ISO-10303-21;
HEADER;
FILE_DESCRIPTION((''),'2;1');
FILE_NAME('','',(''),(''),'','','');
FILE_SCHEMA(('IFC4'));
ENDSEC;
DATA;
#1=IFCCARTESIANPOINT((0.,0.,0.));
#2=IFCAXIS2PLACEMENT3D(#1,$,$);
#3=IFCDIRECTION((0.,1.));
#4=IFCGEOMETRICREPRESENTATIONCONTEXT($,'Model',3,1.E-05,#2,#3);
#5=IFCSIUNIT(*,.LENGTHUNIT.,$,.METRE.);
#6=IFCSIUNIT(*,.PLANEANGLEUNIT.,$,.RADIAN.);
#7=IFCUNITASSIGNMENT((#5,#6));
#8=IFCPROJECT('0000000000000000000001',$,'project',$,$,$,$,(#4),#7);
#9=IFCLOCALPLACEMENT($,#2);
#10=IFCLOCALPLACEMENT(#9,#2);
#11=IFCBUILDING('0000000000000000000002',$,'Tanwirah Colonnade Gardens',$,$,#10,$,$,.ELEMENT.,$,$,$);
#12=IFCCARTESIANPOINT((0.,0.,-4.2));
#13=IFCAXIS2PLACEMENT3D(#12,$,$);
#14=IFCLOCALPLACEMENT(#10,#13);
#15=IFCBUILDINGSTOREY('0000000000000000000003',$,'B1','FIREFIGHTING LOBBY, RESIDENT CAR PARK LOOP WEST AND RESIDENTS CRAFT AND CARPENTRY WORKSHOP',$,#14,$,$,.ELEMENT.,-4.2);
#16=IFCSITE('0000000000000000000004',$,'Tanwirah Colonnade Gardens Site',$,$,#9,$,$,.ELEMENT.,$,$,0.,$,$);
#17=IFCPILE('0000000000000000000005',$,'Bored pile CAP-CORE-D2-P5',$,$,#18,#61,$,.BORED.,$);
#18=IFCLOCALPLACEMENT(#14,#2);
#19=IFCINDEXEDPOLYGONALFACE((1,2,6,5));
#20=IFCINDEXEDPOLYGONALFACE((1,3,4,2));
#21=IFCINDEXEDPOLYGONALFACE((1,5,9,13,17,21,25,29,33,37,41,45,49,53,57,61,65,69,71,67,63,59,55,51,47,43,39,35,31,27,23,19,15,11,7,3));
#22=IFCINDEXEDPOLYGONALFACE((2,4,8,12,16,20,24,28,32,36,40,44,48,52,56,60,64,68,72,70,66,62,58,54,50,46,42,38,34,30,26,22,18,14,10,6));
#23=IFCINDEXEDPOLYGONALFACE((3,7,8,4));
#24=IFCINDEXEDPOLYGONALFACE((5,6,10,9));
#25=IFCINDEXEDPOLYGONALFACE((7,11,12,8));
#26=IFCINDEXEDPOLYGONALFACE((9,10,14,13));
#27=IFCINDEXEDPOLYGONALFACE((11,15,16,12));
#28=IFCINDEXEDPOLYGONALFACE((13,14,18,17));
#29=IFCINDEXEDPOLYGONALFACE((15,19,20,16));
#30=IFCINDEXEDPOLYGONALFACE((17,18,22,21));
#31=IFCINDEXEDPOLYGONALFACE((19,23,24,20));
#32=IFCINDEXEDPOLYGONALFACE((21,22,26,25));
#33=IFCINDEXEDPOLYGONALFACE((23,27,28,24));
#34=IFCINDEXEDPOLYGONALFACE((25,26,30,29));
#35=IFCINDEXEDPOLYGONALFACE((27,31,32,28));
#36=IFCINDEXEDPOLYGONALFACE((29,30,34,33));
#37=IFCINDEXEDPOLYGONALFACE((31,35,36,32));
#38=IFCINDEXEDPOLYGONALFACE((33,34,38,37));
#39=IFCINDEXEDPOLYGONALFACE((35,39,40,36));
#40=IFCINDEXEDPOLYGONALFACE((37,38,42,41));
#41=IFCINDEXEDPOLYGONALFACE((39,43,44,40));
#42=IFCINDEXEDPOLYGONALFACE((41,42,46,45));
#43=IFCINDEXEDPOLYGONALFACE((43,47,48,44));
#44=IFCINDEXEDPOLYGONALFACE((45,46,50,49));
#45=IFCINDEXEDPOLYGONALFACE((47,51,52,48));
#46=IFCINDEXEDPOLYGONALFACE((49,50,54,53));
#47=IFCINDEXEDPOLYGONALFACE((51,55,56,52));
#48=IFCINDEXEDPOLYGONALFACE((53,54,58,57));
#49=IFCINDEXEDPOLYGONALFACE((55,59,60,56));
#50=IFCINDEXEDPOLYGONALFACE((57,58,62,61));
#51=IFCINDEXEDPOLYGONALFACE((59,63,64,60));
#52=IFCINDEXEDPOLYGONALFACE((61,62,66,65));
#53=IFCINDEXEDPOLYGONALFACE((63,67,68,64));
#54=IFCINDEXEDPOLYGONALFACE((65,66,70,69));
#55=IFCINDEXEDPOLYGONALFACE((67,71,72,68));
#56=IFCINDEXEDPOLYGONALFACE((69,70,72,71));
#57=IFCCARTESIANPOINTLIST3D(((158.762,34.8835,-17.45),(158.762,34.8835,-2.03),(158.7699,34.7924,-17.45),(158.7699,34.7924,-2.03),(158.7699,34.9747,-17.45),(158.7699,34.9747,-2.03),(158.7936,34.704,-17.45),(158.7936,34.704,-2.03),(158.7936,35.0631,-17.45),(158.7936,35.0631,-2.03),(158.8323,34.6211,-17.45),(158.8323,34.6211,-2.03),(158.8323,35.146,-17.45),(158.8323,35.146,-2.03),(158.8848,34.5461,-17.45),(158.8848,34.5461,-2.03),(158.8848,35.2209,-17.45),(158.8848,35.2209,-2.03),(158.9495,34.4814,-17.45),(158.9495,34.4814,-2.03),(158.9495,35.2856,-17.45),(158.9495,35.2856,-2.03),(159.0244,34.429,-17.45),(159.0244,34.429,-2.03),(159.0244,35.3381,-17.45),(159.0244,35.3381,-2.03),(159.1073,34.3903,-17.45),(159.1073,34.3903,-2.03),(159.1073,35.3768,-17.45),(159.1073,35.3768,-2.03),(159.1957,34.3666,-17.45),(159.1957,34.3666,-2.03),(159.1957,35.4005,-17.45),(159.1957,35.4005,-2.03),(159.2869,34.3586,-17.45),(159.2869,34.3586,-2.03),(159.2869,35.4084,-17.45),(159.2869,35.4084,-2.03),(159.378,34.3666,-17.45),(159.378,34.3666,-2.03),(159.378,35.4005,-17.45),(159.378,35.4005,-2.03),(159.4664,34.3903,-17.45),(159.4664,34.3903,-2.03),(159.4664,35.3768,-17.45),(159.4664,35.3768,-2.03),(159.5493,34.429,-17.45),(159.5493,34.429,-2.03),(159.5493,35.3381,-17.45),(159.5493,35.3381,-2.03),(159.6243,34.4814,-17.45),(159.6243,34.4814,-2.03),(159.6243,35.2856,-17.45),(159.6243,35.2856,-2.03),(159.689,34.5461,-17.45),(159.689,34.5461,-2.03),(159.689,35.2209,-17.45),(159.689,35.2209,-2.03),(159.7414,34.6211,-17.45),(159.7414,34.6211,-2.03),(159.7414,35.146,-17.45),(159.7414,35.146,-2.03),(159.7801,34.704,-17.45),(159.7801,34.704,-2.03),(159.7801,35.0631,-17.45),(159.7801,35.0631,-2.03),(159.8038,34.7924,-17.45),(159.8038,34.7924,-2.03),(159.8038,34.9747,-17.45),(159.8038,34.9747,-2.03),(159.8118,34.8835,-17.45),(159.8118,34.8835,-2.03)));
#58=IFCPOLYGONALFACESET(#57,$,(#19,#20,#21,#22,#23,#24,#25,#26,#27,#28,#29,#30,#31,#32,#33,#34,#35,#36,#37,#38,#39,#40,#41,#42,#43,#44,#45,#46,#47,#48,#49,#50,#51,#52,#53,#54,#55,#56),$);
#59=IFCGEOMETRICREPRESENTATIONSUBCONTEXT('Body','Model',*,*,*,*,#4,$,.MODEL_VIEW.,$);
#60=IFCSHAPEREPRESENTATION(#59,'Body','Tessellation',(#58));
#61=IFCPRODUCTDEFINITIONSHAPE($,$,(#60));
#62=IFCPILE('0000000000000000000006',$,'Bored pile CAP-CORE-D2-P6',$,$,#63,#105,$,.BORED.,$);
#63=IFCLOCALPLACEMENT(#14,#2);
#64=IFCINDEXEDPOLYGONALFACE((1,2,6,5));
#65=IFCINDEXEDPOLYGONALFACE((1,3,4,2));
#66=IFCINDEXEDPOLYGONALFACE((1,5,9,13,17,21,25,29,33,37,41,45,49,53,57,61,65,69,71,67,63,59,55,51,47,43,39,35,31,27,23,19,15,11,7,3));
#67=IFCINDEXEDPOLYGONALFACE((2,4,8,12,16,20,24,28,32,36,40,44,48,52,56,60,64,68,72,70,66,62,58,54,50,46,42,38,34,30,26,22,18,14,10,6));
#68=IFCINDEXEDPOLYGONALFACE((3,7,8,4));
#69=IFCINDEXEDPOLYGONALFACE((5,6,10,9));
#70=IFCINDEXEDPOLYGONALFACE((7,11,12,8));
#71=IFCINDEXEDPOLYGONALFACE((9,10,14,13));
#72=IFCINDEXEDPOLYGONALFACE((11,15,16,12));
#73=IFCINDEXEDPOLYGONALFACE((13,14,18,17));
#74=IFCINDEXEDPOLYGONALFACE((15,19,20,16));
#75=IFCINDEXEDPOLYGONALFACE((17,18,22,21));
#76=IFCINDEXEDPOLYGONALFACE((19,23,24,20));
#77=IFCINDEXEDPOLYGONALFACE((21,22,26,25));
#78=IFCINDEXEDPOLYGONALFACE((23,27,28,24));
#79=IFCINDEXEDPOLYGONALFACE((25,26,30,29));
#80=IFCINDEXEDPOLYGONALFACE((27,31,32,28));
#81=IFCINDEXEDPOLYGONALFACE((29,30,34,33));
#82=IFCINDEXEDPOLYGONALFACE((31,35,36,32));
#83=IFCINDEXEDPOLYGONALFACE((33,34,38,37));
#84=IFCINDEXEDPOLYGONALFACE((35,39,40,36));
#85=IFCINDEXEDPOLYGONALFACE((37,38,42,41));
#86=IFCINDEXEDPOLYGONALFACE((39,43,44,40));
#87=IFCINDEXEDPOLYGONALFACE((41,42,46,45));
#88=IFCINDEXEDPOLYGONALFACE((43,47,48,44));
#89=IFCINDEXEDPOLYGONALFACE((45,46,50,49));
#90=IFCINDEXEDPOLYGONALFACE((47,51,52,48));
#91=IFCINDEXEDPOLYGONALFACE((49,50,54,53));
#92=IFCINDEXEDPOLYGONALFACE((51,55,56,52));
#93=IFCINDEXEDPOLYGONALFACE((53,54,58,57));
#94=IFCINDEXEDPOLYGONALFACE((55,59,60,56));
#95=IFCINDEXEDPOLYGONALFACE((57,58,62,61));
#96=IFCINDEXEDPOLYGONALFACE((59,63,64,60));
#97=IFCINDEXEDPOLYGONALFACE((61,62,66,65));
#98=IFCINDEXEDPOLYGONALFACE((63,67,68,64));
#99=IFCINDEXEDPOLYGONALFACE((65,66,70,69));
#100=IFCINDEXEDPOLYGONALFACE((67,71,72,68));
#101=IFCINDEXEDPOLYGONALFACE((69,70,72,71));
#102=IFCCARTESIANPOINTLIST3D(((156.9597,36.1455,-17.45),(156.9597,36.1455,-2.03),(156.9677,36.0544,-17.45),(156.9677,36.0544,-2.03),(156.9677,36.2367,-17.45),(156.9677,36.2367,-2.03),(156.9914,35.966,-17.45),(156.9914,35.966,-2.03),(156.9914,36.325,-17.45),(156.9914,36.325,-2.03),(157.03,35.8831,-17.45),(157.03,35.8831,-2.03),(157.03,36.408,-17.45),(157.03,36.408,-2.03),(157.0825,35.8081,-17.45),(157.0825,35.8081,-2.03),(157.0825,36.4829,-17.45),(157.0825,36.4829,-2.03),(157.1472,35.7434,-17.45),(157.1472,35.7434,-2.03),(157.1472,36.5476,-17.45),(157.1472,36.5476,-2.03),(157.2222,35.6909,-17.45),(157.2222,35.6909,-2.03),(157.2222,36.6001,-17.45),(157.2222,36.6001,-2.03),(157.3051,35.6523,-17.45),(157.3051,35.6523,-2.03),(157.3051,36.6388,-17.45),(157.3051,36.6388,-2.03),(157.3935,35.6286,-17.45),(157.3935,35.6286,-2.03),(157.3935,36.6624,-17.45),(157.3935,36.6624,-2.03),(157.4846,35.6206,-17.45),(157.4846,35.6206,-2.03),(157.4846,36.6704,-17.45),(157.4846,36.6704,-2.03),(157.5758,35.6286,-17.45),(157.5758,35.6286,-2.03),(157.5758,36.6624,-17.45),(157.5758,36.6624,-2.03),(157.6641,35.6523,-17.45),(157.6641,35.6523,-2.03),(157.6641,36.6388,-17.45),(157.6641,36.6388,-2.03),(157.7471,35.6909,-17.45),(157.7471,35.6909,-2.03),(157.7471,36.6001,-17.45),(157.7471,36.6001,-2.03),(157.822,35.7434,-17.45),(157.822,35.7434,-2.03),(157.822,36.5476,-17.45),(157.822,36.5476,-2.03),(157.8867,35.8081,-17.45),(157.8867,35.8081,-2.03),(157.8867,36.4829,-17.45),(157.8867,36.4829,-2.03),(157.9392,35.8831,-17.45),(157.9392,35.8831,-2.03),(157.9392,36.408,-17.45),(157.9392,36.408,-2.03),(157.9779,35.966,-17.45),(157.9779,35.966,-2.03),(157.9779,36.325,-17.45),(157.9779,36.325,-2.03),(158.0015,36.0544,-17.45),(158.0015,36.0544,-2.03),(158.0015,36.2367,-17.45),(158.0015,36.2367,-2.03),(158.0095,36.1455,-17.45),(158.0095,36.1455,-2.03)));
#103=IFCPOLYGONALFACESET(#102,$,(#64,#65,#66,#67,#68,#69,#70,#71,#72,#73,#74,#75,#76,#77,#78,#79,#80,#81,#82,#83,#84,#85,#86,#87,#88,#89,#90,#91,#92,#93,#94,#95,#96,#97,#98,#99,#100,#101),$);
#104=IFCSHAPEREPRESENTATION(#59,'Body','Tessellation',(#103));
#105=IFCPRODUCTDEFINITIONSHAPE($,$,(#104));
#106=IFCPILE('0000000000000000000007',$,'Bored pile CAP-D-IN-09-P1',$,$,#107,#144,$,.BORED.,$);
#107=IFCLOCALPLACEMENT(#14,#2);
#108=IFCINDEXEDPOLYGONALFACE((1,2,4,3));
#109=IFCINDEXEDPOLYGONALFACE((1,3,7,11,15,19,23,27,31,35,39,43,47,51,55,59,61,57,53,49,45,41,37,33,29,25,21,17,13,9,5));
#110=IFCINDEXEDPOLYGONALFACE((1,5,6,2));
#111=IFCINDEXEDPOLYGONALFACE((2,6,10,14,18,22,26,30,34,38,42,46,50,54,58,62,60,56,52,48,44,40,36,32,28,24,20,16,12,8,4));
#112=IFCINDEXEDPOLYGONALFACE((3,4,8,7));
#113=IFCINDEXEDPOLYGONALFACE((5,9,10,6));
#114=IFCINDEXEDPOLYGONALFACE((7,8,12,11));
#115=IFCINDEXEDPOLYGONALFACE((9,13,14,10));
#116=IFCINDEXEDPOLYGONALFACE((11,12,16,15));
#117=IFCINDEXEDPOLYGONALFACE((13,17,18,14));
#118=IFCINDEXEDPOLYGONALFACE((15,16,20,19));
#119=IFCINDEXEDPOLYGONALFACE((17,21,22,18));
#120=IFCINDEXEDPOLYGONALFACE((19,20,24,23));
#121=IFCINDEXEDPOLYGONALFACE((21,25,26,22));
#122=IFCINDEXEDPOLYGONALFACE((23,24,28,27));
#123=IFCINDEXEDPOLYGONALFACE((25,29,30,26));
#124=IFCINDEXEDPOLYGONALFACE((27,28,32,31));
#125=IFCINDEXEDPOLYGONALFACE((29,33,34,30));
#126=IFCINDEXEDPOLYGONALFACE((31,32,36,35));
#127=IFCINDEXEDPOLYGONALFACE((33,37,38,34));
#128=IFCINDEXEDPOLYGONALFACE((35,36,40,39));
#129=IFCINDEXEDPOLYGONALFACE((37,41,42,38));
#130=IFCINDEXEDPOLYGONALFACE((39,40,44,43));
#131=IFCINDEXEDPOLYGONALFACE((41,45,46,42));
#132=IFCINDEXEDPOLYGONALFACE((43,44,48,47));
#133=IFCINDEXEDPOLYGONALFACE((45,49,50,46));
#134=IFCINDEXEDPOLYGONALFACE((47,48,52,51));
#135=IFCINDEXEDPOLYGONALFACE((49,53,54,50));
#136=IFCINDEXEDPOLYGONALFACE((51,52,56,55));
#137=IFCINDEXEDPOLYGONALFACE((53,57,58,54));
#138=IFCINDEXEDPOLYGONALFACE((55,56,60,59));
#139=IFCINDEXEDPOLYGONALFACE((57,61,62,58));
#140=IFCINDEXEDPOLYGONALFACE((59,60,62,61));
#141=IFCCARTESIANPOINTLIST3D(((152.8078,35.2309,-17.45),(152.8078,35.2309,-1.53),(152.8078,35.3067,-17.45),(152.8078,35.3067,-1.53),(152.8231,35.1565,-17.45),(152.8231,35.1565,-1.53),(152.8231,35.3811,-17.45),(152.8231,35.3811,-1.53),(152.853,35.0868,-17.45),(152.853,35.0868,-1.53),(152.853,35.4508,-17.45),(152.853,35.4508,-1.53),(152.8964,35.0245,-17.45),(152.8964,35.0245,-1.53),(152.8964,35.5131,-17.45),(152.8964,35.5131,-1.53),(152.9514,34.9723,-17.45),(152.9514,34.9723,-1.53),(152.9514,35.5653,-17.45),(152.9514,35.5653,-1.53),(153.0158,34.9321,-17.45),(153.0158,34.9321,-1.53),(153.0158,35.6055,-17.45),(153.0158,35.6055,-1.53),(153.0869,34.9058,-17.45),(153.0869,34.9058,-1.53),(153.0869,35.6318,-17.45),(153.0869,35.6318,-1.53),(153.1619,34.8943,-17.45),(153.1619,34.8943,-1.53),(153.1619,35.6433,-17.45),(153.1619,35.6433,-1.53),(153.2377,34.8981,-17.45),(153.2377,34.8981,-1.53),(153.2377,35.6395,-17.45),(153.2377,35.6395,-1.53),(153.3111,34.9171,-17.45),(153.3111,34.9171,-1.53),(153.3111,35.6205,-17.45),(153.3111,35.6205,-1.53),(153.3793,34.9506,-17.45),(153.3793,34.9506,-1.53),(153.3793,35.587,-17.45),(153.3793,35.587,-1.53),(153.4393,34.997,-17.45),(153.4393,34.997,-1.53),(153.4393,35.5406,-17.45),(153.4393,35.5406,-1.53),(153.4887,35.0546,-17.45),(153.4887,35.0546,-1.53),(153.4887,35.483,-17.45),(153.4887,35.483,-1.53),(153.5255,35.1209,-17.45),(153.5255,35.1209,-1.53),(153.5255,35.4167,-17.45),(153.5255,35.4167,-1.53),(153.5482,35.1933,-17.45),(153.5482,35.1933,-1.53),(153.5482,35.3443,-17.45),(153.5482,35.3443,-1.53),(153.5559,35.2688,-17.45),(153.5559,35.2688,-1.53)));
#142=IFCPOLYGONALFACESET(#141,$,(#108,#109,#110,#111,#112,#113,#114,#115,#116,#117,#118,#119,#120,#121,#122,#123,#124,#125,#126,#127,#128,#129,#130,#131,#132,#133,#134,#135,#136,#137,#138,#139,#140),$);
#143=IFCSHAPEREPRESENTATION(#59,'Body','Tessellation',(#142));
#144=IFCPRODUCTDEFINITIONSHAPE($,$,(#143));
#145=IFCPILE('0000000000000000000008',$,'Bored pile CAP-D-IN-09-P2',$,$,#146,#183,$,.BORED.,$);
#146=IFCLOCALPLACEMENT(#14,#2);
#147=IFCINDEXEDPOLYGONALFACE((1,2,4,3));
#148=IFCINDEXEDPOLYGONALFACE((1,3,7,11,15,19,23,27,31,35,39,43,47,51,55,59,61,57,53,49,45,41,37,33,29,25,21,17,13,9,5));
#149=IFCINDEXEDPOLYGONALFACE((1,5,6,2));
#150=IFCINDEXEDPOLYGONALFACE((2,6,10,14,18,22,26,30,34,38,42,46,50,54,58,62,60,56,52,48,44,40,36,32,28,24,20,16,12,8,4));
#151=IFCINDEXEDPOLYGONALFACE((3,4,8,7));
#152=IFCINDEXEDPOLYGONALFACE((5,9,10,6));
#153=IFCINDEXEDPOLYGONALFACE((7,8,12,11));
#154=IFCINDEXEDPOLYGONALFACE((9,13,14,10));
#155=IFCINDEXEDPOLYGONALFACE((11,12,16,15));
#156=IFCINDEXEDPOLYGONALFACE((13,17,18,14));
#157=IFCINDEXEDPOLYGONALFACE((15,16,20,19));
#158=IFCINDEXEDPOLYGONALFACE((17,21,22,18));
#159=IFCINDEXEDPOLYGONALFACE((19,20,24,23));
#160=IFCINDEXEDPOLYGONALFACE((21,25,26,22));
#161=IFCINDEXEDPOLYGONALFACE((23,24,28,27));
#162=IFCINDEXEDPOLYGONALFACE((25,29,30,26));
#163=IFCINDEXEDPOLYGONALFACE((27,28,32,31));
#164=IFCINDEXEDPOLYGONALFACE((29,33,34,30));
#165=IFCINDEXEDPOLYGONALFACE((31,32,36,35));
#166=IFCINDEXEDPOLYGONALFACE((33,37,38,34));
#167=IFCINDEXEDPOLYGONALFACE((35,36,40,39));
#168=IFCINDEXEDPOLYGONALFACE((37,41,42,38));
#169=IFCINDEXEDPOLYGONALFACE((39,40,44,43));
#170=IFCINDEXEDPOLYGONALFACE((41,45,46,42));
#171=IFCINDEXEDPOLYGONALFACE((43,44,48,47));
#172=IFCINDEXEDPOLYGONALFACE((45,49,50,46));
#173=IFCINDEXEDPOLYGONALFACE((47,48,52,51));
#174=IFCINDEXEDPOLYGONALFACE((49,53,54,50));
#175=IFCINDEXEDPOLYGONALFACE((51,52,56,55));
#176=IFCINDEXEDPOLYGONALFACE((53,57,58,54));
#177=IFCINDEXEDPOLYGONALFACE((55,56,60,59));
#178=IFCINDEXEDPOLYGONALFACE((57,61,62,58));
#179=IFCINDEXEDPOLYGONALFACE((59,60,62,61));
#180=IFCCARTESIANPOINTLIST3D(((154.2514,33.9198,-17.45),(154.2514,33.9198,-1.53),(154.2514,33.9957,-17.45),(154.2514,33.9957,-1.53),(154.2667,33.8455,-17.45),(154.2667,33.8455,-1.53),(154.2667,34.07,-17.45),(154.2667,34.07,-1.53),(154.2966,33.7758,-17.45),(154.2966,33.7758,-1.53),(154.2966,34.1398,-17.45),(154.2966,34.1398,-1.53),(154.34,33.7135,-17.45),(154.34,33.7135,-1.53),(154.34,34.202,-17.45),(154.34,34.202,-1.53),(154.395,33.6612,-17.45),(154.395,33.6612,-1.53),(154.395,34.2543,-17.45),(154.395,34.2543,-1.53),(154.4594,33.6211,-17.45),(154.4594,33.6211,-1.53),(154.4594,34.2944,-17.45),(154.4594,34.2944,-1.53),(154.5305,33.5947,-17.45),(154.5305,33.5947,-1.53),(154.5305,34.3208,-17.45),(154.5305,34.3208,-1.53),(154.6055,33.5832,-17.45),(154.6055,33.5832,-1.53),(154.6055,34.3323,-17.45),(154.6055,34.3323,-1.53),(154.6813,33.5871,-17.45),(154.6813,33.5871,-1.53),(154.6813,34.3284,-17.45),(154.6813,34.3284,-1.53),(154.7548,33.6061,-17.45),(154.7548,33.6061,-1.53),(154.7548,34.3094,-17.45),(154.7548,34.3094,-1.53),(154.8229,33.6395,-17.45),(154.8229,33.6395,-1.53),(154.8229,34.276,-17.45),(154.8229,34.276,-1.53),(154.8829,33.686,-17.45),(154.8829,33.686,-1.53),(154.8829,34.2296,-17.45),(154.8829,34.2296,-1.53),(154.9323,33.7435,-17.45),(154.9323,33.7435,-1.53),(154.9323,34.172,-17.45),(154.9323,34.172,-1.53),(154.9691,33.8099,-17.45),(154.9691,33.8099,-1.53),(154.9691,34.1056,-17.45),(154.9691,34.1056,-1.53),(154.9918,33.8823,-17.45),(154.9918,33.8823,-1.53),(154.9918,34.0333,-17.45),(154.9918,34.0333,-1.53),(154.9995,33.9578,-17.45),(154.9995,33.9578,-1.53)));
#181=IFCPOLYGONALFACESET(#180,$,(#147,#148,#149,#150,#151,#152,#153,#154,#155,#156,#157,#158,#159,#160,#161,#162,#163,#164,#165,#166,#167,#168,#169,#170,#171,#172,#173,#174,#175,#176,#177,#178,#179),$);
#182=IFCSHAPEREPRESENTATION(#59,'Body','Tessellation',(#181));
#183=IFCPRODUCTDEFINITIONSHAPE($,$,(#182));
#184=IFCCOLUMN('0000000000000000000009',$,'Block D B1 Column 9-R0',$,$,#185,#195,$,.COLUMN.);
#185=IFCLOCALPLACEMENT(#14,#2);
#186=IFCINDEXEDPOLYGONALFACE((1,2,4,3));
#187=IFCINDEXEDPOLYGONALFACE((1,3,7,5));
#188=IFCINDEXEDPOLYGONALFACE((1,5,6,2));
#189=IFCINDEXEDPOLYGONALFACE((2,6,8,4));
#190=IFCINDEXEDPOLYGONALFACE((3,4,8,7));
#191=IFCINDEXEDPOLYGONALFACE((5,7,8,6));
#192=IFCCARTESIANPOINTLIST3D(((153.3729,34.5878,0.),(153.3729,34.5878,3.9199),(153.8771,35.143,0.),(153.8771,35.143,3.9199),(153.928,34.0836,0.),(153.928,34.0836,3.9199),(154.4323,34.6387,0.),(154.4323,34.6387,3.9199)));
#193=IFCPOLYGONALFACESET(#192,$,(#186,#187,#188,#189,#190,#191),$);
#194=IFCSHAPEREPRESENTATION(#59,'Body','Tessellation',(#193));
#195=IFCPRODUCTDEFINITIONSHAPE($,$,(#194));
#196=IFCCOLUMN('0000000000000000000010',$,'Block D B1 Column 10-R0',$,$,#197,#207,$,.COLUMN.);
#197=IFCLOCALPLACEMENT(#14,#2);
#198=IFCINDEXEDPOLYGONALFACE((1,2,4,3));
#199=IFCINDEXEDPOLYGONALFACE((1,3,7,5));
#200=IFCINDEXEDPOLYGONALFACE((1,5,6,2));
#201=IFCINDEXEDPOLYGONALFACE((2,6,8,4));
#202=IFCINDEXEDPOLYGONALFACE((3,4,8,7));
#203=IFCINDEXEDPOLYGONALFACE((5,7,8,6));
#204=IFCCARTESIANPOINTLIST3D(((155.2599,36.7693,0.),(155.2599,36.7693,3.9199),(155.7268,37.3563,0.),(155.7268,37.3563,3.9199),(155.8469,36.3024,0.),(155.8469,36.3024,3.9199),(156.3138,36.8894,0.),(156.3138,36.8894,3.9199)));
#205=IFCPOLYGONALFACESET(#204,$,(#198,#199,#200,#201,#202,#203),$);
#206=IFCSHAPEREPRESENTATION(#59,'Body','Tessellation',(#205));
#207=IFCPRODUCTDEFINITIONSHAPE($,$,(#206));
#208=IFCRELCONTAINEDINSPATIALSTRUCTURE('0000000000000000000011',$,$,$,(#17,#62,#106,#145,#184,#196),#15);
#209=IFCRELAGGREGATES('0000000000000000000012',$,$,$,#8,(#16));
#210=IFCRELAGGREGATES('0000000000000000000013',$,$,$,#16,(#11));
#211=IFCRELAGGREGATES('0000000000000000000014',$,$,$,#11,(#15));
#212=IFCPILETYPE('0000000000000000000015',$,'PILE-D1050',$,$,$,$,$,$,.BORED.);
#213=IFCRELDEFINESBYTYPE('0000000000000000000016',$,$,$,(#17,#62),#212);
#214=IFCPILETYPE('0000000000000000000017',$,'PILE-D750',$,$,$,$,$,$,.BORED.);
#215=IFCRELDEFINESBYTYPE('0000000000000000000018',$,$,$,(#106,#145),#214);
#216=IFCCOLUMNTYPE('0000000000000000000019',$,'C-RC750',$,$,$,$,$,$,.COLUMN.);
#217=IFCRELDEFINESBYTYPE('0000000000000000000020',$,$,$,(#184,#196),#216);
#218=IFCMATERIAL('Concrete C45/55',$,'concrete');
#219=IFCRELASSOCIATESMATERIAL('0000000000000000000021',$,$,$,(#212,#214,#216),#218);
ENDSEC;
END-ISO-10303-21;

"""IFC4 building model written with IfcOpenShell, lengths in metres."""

from ifc_helpers import new_model, si_unit, direction, frame, origin, origin_2d, place, context, subcontext, project, spatial, rectangle, circle, extrude, material, material_profile, profile_set, type_object, element, save


model = new_model("IFC4")

# Units and contexts
model_context = context("Model", 3, precision=1e-05, world=origin(), true_north=direction((0.0, 1.0)))
body_context = subcontext(model_context, "Body", "Model", "MODEL_VIEW")
ifc_project = project(units=[si_unit("LENGTHUNIT", "METRE"), si_unit("PLANEANGLEUNIT", "RADIAN")], contexts=[model_context])

# Site, building, storey
site_placement = place(None, origin())
site = spatial("IfcSite", under=ifc_project, at=site_placement, Name="Tanwirah Colonnade Gardens Site", CompositionType="ELEMENT", RefElevation=0.0)
building_placement = place(site_placement, origin())
building = spatial("IfcBuilding", under=site, at=building_placement, Name="Tanwirah Colonnade Gardens", CompositionType="ELEMENT")
storey_placement = place(building_placement, frame((0.0, 0.0, -4.2)))
storey = spatial("IfcBuildingStorey", under=building, at=storey_placement, Name="B1", Description="FIREFIGHTING LOBBY, RESIDENT CAR PARK LOOP WEST AND RESIDENTS CRAFT AND CARPENTRY WORKSHOP", CompositionType="ELEMENT", Elevation=-4.2)

# Shared definitions
ifc_material_1 = material(Name="Concrete C45/55", Category="concrete")

# Piles
ifc_material_profile_1 = material_profile(ifc_material_1, circle(Radius=0.5249, at=origin_2d()), Name="PILE D1050")
ifc_profile_set_1 = profile_set([ifc_material_profile_1], Name="Concrete C45/55")
pile_type_1 = type_object("IfcPileType", Name="PILE-D1050", PredefinedType="BORED", material=ifc_profile_set_1)
for number, where, z_axis, x_axis, name in (
    (1, (159.2869, 34.8835, -2.03), (0.0, 0.0, -1.0), (1.0, 0.0, 0.0), "Bored pile CAP-CORE-D2-P5"),
    (2, (157.4846, 36.1455, -2.03), (0.0, 0.0, -1.0), (1.0, 0.0, 0.0), "Bored pile CAP-CORE-D2-P6"),
):
    element("IfcPile", number, at=place(storey_placement, frame(where, z_axis=z_axis, x_axis=x_axis)), inside=storey, type_object=pile_type_1, Name=name, PredefinedType="BORED", context=body_context, shape_type="SweptSolid", body=[
        extrude(circle(Radius=0.5249, at=origin_2d()), origin(), (0.0, 0.0, 1.0), 15.4199),
    ])
ifc_material_profile_2 = material_profile(ifc_material_1, circle(Radius=0.375, at=origin_2d()), Name="PILE D750")
ifc_profile_set_2 = profile_set([ifc_material_profile_2], Name="Concrete C45/55")
pile_type_2 = type_object("IfcPileType", Name="PILE-D750", PredefinedType="BORED", material=ifc_profile_set_2)
for number, where, z_axis, x_axis, name in (
    (3, (153.1809, 35.2688, -1.53), (0.0, 0.0, -1.0), (1.0, 0.0, 0.0), "Bored pile CAP-D-IN-09-P1"),
    (4, (154.6245, 33.9578, -1.53), (0.0, 0.0, -1.0), (1.0, 0.0, 0.0), "Bored pile CAP-D-IN-09-P2"),
):
    element("IfcPile", number, at=place(storey_placement, frame(where, z_axis=z_axis, x_axis=x_axis)), inside=storey, type_object=pile_type_2, Name=name, PredefinedType="BORED", context=body_context, shape_type="SweptSolid", body=[
        extrude(circle(Radius=0.375, at=origin_2d()), origin(), (0.0, 0.0, 1.0), 15.9199),
    ])

# Columns
ifc_material_profile_3 = material_profile(ifc_material_1, rectangle(XDim=0.75, YDim=0.75, at=origin_2d()), Name="RC-COL 750x750")
ifc_profile_set_3 = profile_set([ifc_material_profile_3], Name="Concrete C45/55")
column_type = type_object("IfcColumnType", Name="C-RC750", PredefinedType="COLUMN", material=ifc_profile_set_3)
for number, where, z_axis, x_axis, name in (
    (5, (153.9026, 34.6133, 0.0), (0.0, 0.0, 1.0), (0.740218, -0.672367, 0.0), "Block D B1 Column 9-R0"),
    (6, (155.7869, 36.8293, 0.0), (0.0, 0.0, 1.0), (0.782608, -0.622515, 0.0), "Block D B1 Column 10-R0"),
):
    element("IfcColumn", number, at=place(storey_placement, frame(where, z_axis=z_axis, x_axis=x_axis)), inside=storey, type_object=column_type, Name=name, PredefinedType="COLUMN", context=body_context, shape_type="SweptSolid", body=[
        extrude(rectangle(XDim=0.75, YDim=0.75, at=origin_2d()), origin(), (0.0, 0.0, 1.0), 3.9199),
    ])

save(model, "model.ifc")
